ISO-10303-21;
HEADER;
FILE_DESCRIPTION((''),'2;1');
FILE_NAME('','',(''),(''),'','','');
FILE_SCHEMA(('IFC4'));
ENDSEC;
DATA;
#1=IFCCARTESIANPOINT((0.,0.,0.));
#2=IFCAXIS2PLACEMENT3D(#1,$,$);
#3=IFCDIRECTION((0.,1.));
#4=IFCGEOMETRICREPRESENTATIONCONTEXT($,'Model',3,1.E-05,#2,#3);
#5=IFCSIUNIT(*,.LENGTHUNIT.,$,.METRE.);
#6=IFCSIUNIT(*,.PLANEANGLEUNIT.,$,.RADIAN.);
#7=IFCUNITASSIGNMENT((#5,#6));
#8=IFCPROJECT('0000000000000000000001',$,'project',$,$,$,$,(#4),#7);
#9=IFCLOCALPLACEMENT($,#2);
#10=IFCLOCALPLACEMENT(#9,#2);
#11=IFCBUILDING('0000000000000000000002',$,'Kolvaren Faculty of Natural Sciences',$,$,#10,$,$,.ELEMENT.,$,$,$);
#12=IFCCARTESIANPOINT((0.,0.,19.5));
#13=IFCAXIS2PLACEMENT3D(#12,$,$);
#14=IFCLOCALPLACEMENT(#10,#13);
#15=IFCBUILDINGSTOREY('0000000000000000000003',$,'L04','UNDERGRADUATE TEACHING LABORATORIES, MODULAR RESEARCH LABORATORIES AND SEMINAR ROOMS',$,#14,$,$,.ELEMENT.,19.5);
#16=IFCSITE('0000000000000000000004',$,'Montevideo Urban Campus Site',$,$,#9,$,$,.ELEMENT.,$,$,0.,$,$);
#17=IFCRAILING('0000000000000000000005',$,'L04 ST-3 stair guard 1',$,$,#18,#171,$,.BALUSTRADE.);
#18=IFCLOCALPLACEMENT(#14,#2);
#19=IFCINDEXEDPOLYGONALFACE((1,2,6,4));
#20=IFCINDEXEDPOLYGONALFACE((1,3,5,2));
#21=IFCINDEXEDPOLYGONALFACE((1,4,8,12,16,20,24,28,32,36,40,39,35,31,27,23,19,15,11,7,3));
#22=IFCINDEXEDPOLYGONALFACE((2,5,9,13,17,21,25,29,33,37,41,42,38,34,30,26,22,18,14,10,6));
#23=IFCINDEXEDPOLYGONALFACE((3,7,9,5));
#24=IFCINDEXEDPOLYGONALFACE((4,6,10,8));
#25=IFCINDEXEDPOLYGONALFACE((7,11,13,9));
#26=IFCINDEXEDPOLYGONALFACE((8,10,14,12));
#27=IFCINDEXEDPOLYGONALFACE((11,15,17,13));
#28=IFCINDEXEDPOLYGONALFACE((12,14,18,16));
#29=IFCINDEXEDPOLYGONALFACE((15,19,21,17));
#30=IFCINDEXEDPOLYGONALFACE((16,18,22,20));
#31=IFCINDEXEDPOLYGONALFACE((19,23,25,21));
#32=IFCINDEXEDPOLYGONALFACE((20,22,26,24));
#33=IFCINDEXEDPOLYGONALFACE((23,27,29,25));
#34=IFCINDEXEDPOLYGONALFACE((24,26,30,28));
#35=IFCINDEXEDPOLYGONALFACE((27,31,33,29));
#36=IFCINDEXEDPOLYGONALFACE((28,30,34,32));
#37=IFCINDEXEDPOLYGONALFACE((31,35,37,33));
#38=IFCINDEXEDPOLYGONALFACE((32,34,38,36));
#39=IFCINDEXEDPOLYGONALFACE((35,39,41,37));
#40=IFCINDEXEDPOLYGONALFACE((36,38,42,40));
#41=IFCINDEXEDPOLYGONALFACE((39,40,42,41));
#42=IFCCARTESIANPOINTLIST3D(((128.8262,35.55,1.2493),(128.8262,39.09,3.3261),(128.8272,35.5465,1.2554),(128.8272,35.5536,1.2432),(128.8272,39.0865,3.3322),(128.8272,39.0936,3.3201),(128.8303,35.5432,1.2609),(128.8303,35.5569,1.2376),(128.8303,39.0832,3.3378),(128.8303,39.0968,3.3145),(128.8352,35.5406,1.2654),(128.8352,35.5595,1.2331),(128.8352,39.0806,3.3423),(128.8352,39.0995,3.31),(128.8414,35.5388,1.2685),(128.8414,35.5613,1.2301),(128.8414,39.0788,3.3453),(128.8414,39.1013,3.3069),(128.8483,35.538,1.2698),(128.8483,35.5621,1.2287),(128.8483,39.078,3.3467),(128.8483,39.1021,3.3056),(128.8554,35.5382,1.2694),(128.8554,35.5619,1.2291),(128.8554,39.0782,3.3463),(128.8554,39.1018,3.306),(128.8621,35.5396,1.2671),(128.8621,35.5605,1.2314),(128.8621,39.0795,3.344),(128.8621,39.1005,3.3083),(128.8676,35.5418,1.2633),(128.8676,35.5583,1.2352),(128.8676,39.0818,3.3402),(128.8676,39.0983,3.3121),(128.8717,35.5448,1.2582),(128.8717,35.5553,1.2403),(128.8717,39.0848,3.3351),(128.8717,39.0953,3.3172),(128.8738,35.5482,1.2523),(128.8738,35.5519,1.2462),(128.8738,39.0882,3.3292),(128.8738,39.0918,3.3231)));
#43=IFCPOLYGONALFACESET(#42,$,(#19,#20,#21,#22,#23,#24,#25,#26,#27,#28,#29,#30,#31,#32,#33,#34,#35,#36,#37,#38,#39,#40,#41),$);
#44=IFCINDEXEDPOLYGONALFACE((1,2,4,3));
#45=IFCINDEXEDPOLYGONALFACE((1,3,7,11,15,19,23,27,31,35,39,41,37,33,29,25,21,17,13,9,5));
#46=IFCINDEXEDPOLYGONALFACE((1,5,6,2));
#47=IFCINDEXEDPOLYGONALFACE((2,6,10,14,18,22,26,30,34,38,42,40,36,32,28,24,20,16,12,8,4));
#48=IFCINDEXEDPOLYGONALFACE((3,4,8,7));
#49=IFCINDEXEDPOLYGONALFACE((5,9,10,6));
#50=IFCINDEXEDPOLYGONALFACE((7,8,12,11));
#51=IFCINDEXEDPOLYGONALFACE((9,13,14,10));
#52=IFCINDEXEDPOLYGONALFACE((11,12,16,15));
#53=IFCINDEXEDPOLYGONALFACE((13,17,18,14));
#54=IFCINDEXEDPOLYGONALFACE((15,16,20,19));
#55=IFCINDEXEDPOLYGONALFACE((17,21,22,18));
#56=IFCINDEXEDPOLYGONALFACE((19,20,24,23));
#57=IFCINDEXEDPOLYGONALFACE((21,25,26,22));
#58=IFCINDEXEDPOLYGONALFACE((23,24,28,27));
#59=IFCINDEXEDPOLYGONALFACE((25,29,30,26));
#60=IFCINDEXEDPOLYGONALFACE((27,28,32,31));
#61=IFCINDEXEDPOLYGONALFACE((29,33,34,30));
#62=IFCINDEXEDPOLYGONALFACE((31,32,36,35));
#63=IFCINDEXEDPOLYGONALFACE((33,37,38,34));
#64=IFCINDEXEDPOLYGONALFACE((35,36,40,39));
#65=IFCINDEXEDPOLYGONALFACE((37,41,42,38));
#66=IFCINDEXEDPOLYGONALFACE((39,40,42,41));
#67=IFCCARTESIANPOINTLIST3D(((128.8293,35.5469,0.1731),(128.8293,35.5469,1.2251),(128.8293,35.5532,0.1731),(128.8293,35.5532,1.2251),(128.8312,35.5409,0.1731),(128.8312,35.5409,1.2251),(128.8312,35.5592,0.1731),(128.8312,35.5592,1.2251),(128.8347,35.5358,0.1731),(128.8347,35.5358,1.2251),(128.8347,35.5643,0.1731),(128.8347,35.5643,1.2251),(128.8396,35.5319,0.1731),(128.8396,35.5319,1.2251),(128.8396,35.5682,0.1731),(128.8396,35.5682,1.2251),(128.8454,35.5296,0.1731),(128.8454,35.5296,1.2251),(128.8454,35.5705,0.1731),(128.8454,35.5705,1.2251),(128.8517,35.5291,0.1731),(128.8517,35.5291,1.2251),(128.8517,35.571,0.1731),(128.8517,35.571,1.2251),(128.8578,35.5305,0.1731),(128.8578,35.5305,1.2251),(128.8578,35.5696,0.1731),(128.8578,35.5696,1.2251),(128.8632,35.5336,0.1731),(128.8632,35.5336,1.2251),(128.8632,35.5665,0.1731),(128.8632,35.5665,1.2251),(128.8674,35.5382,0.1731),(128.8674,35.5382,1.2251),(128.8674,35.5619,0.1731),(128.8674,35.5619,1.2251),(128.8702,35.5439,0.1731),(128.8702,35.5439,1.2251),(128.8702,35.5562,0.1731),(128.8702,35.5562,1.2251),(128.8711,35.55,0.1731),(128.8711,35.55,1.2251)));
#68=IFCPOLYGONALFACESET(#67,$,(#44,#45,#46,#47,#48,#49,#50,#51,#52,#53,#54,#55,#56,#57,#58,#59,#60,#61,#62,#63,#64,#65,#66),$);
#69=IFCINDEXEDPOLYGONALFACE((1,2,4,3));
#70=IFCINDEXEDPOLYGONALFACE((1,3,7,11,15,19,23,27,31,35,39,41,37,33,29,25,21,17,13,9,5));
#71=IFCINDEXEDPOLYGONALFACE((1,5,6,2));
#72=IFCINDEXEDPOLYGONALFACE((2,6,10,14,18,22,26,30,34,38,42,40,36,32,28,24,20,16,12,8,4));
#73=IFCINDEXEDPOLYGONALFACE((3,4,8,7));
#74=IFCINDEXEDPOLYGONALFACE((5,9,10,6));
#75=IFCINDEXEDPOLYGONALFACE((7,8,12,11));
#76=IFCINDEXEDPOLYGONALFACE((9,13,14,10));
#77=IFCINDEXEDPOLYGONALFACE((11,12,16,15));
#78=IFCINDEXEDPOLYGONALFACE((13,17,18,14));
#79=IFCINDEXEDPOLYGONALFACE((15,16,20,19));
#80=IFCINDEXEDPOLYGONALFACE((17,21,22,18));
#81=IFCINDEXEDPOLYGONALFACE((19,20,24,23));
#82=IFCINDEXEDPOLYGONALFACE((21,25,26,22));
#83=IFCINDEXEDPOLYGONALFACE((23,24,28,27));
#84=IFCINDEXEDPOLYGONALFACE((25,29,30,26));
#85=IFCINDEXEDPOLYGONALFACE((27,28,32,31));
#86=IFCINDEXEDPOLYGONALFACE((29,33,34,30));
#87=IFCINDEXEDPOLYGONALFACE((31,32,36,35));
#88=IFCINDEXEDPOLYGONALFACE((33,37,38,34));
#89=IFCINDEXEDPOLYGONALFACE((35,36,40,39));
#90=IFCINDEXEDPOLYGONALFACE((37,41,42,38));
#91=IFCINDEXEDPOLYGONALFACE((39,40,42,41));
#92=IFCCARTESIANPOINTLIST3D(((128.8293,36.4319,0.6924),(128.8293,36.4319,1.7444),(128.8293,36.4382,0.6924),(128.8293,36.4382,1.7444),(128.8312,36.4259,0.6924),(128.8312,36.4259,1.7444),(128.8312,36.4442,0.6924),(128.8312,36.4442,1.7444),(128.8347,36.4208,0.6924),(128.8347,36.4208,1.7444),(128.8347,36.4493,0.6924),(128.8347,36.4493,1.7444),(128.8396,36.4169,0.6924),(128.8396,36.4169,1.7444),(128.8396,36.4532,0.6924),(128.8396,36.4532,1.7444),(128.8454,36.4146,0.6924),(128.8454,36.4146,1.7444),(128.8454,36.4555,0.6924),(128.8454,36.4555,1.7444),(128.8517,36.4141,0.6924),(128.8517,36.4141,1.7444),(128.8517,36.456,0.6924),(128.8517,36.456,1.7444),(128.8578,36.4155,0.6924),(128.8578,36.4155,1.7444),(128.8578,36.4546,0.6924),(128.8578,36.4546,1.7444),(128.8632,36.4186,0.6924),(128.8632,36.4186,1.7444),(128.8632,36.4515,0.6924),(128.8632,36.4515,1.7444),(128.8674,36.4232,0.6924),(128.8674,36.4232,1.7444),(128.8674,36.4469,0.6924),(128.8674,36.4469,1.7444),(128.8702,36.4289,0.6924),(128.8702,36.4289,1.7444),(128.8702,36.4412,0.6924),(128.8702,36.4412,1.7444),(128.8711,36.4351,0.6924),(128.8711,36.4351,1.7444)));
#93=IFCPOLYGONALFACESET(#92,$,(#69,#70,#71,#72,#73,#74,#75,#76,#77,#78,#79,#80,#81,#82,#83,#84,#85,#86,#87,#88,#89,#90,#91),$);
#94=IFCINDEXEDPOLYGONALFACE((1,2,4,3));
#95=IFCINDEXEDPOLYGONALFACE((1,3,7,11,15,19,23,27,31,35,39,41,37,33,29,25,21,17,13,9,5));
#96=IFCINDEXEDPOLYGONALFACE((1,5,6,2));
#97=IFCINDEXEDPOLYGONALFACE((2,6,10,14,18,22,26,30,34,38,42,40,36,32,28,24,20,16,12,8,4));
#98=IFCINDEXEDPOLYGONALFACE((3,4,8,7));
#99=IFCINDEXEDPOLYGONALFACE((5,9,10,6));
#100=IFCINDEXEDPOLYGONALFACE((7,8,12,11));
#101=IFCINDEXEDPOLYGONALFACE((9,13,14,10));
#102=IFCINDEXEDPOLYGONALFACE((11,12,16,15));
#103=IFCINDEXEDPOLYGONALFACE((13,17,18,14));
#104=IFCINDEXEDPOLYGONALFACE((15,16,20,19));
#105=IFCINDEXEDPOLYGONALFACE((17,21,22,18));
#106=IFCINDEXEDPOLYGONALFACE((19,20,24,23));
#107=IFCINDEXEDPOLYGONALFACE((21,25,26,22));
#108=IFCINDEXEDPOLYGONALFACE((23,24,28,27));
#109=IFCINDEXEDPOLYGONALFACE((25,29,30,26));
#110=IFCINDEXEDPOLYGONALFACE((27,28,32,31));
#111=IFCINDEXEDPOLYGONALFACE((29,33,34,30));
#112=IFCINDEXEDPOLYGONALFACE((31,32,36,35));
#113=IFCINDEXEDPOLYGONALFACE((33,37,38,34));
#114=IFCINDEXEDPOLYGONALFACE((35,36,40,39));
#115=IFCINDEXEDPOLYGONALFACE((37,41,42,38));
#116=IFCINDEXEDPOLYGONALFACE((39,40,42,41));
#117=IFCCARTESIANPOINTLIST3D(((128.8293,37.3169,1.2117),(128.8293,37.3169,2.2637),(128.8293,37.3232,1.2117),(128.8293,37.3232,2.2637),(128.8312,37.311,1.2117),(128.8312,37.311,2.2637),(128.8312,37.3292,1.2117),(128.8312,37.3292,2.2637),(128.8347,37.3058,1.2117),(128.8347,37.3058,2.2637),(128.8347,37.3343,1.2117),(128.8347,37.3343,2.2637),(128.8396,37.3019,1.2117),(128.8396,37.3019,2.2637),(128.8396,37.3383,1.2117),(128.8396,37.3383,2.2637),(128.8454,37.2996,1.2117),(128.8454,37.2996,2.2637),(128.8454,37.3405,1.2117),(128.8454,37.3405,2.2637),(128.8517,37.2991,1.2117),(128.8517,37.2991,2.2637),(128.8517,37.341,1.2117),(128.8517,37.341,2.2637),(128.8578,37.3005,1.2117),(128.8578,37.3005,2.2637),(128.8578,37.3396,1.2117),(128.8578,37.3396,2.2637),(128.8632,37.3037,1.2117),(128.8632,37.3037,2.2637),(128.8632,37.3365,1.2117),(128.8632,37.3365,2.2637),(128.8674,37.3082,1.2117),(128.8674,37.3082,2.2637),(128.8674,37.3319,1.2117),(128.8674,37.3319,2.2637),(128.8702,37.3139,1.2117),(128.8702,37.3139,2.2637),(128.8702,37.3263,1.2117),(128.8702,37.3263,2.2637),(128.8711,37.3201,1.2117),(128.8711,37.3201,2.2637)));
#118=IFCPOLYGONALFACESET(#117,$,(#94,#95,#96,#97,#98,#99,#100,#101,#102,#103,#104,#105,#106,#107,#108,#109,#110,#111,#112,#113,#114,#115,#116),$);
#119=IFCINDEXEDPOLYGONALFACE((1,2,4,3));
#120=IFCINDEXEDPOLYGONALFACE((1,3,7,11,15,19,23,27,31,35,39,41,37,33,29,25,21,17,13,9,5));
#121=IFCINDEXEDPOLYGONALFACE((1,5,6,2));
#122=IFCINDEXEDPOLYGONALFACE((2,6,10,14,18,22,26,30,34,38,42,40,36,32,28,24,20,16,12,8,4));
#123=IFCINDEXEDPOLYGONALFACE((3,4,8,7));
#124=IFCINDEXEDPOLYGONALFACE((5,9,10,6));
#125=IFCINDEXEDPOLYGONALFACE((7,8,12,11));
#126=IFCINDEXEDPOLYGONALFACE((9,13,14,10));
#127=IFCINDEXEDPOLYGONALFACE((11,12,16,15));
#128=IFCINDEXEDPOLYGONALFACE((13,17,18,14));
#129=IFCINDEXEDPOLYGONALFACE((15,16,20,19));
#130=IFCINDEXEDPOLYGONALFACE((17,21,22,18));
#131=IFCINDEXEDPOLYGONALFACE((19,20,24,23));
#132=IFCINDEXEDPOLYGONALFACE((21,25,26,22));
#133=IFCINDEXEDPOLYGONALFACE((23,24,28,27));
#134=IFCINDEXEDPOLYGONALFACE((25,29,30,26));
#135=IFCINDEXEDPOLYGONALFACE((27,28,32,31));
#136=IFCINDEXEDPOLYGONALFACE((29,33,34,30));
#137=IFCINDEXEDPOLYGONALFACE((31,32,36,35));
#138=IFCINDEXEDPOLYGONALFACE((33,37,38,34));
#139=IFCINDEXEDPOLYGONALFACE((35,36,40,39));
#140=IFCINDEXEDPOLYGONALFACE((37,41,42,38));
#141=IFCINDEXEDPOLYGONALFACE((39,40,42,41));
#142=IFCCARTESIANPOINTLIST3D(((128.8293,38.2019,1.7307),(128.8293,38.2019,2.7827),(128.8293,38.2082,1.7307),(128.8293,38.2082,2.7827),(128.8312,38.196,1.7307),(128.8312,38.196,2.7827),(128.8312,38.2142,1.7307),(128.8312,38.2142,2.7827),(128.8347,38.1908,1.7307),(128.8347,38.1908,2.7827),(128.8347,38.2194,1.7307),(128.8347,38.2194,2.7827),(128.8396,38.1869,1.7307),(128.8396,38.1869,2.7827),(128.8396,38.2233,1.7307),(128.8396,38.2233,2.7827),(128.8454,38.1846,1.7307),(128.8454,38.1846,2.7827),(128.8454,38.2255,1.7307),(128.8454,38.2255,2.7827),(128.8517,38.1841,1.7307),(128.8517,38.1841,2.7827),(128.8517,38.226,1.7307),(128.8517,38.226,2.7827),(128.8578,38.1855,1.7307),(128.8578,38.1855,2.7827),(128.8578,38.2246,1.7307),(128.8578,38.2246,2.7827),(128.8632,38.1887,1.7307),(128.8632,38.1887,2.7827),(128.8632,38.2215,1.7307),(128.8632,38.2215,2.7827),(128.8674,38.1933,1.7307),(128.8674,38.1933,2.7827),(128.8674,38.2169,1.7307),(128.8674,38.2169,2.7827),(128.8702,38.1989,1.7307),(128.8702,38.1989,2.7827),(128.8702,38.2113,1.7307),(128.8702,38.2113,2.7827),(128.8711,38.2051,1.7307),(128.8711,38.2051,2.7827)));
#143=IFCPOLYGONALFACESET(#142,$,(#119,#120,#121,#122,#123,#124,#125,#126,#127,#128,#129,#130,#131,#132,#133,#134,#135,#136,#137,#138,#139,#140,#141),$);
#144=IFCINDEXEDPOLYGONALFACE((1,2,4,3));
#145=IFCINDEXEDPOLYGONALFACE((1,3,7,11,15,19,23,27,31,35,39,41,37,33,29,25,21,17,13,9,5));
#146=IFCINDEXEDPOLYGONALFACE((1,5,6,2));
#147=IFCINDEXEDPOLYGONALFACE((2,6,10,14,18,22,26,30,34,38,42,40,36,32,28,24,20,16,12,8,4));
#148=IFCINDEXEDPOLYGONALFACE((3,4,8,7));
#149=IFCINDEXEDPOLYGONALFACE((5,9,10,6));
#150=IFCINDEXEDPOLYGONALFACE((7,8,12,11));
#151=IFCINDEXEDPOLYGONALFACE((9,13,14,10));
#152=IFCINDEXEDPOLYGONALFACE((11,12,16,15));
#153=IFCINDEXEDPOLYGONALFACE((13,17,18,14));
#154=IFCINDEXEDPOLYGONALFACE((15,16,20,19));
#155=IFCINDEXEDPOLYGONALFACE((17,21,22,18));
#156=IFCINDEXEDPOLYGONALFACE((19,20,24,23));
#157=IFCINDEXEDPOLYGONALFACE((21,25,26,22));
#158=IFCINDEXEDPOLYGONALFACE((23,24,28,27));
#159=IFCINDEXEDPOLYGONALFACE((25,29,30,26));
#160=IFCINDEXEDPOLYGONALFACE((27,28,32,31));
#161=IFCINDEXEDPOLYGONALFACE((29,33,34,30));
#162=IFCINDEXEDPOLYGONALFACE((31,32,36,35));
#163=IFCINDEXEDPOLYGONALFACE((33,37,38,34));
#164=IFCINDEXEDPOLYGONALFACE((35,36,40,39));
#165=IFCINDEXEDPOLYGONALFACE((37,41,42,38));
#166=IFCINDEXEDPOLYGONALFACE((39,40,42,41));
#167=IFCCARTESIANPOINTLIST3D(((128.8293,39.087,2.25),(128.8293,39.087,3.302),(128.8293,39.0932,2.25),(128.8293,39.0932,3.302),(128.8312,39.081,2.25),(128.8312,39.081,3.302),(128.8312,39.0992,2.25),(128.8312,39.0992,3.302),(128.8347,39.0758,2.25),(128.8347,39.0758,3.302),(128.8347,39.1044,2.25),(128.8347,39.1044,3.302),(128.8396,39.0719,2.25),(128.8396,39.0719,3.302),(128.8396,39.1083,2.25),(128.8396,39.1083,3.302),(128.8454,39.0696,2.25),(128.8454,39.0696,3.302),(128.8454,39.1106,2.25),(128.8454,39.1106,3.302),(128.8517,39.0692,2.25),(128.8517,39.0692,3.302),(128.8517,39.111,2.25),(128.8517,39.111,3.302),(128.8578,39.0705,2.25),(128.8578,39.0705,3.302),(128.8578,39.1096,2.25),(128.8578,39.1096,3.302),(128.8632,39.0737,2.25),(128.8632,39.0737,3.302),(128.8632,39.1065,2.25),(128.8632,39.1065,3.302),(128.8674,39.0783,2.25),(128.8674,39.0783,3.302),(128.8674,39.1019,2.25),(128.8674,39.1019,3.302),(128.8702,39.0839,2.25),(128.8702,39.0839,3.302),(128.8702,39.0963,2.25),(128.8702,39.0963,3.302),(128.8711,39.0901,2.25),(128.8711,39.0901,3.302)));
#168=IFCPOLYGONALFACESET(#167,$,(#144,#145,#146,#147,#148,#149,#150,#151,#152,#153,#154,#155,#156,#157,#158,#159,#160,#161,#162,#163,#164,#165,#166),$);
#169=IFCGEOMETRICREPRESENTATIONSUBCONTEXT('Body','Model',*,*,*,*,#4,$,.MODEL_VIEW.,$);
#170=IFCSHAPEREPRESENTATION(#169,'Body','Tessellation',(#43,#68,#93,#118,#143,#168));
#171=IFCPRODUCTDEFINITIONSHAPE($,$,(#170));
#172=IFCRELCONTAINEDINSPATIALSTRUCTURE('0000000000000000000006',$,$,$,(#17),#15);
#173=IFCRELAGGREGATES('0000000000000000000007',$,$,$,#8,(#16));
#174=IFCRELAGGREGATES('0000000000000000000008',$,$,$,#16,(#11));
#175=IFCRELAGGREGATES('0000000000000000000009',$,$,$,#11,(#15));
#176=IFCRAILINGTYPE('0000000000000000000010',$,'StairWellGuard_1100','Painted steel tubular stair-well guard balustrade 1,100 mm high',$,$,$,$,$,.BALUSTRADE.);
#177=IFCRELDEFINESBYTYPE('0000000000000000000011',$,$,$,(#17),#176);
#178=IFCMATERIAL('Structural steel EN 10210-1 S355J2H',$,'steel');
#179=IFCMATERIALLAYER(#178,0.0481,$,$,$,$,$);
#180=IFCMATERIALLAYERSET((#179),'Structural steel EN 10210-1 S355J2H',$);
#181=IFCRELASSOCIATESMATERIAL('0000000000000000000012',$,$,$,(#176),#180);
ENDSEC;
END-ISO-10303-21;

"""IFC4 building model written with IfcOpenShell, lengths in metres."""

from ifc_helpers import new_model, si_unit, direction, frame, origin, origin_2d, place, context, subcontext, project, spatial, circle, extrude, material, layer, layer_set, type_object, element, save


model = new_model("IFC4")

# Units and contexts
model_context = context("Model", 3, precision=1e-05, world=origin(), true_north=direction((0.0, 1.0)))
body_context = subcontext(model_context, "Body", "Model", "MODEL_VIEW")
ifc_project = project(units=[si_unit("LENGTHUNIT", "METRE"), si_unit("PLANEANGLEUNIT", "RADIAN")], contexts=[model_context])

# Site, building, storey
site_placement = place(None, origin())
site = spatial("IfcSite", under=ifc_project, at=site_placement, Name="Montevideo Urban Campus Site", CompositionType="ELEMENT", RefElevation=0.0)
building_placement = place(site_placement, origin())
building = spatial("IfcBuilding", under=site, at=building_placement, Name="Kolvaren Faculty of Natural Sciences", CompositionType="ELEMENT")
storey_placement = place(building_placement, frame((0.0, 0.0, 19.5)))
storey = spatial("IfcBuildingStorey", under=building, at=storey_placement, Name="L04", Description="UNDERGRADUATE TEACHING LABORATORIES, MODULAR RESEARCH LABORATORIES AND SEMINAR ROOMS", CompositionType="ELEMENT", Elevation=19.5)

# Railing
ifc_material_1 = material(Name="Structural steel EN 10210-1 S355J2H", Category="steel")
ifc_layer_1 = layer(ifc_material_1, 0.0481)
ifc_layer_set_1 = layer_set([ifc_layer_1], Name="Structural steel EN 10210-1 S355J2H")
railing_type_1 = type_object("IfcRailingType", Name="StairWellGuard_1100", Description="Painted steel tubular stair-well guard balustrade 1,100 mm high", PredefinedType="BALUSTRADE", material=ifc_layer_set_1)
railing_1_placement = place(storey_placement, frame((128.8501, 35.55, 0.1731)))
element("IfcRailing", 1, at=railing_1_placement, inside=storey, type_object=railing_type_1, Name="L04 ST-3 stair guard 1", PredefinedType="BALUSTRADE", context=body_context, shape_type="SweptSolid", body=[
    extrude(circle(Radius=0.0239, at=origin_2d()), frame((0.0, 0.0, 1.0762), z_axis=(0.0, 0.862516, 0.506029), x_axis=(-1.0, 0.0, 0.0)), (0.0, 0.0, 1.0), 4.1042),
    extrude(circle(Radius=0.021, at=origin_2d()), origin(), (0.0, 0.0, 1.0), 1.052),
    extrude(circle(Radius=0.021, at=origin_2d()), frame((0.0, 0.885, 0.5193)), (0.0, 0.0, 1.0), 1.052),
    extrude(circle(Radius=0.021, at=origin_2d()), frame((0.0, 1.77, 1.0386)), (0.0, 0.0, 1.0), 1.052),
    extrude(circle(Radius=0.021, at=origin_2d()), frame((0.0, 2.655, 1.5576)), (0.0, 0.0, 1.0), 1.052),
    extrude(circle(Radius=0.021, at=origin_2d()), frame((0.0, 3.54, 2.0769)), (0.0, 0.0, 1.0), 1.052),
])

save(model, "model.ifc")
